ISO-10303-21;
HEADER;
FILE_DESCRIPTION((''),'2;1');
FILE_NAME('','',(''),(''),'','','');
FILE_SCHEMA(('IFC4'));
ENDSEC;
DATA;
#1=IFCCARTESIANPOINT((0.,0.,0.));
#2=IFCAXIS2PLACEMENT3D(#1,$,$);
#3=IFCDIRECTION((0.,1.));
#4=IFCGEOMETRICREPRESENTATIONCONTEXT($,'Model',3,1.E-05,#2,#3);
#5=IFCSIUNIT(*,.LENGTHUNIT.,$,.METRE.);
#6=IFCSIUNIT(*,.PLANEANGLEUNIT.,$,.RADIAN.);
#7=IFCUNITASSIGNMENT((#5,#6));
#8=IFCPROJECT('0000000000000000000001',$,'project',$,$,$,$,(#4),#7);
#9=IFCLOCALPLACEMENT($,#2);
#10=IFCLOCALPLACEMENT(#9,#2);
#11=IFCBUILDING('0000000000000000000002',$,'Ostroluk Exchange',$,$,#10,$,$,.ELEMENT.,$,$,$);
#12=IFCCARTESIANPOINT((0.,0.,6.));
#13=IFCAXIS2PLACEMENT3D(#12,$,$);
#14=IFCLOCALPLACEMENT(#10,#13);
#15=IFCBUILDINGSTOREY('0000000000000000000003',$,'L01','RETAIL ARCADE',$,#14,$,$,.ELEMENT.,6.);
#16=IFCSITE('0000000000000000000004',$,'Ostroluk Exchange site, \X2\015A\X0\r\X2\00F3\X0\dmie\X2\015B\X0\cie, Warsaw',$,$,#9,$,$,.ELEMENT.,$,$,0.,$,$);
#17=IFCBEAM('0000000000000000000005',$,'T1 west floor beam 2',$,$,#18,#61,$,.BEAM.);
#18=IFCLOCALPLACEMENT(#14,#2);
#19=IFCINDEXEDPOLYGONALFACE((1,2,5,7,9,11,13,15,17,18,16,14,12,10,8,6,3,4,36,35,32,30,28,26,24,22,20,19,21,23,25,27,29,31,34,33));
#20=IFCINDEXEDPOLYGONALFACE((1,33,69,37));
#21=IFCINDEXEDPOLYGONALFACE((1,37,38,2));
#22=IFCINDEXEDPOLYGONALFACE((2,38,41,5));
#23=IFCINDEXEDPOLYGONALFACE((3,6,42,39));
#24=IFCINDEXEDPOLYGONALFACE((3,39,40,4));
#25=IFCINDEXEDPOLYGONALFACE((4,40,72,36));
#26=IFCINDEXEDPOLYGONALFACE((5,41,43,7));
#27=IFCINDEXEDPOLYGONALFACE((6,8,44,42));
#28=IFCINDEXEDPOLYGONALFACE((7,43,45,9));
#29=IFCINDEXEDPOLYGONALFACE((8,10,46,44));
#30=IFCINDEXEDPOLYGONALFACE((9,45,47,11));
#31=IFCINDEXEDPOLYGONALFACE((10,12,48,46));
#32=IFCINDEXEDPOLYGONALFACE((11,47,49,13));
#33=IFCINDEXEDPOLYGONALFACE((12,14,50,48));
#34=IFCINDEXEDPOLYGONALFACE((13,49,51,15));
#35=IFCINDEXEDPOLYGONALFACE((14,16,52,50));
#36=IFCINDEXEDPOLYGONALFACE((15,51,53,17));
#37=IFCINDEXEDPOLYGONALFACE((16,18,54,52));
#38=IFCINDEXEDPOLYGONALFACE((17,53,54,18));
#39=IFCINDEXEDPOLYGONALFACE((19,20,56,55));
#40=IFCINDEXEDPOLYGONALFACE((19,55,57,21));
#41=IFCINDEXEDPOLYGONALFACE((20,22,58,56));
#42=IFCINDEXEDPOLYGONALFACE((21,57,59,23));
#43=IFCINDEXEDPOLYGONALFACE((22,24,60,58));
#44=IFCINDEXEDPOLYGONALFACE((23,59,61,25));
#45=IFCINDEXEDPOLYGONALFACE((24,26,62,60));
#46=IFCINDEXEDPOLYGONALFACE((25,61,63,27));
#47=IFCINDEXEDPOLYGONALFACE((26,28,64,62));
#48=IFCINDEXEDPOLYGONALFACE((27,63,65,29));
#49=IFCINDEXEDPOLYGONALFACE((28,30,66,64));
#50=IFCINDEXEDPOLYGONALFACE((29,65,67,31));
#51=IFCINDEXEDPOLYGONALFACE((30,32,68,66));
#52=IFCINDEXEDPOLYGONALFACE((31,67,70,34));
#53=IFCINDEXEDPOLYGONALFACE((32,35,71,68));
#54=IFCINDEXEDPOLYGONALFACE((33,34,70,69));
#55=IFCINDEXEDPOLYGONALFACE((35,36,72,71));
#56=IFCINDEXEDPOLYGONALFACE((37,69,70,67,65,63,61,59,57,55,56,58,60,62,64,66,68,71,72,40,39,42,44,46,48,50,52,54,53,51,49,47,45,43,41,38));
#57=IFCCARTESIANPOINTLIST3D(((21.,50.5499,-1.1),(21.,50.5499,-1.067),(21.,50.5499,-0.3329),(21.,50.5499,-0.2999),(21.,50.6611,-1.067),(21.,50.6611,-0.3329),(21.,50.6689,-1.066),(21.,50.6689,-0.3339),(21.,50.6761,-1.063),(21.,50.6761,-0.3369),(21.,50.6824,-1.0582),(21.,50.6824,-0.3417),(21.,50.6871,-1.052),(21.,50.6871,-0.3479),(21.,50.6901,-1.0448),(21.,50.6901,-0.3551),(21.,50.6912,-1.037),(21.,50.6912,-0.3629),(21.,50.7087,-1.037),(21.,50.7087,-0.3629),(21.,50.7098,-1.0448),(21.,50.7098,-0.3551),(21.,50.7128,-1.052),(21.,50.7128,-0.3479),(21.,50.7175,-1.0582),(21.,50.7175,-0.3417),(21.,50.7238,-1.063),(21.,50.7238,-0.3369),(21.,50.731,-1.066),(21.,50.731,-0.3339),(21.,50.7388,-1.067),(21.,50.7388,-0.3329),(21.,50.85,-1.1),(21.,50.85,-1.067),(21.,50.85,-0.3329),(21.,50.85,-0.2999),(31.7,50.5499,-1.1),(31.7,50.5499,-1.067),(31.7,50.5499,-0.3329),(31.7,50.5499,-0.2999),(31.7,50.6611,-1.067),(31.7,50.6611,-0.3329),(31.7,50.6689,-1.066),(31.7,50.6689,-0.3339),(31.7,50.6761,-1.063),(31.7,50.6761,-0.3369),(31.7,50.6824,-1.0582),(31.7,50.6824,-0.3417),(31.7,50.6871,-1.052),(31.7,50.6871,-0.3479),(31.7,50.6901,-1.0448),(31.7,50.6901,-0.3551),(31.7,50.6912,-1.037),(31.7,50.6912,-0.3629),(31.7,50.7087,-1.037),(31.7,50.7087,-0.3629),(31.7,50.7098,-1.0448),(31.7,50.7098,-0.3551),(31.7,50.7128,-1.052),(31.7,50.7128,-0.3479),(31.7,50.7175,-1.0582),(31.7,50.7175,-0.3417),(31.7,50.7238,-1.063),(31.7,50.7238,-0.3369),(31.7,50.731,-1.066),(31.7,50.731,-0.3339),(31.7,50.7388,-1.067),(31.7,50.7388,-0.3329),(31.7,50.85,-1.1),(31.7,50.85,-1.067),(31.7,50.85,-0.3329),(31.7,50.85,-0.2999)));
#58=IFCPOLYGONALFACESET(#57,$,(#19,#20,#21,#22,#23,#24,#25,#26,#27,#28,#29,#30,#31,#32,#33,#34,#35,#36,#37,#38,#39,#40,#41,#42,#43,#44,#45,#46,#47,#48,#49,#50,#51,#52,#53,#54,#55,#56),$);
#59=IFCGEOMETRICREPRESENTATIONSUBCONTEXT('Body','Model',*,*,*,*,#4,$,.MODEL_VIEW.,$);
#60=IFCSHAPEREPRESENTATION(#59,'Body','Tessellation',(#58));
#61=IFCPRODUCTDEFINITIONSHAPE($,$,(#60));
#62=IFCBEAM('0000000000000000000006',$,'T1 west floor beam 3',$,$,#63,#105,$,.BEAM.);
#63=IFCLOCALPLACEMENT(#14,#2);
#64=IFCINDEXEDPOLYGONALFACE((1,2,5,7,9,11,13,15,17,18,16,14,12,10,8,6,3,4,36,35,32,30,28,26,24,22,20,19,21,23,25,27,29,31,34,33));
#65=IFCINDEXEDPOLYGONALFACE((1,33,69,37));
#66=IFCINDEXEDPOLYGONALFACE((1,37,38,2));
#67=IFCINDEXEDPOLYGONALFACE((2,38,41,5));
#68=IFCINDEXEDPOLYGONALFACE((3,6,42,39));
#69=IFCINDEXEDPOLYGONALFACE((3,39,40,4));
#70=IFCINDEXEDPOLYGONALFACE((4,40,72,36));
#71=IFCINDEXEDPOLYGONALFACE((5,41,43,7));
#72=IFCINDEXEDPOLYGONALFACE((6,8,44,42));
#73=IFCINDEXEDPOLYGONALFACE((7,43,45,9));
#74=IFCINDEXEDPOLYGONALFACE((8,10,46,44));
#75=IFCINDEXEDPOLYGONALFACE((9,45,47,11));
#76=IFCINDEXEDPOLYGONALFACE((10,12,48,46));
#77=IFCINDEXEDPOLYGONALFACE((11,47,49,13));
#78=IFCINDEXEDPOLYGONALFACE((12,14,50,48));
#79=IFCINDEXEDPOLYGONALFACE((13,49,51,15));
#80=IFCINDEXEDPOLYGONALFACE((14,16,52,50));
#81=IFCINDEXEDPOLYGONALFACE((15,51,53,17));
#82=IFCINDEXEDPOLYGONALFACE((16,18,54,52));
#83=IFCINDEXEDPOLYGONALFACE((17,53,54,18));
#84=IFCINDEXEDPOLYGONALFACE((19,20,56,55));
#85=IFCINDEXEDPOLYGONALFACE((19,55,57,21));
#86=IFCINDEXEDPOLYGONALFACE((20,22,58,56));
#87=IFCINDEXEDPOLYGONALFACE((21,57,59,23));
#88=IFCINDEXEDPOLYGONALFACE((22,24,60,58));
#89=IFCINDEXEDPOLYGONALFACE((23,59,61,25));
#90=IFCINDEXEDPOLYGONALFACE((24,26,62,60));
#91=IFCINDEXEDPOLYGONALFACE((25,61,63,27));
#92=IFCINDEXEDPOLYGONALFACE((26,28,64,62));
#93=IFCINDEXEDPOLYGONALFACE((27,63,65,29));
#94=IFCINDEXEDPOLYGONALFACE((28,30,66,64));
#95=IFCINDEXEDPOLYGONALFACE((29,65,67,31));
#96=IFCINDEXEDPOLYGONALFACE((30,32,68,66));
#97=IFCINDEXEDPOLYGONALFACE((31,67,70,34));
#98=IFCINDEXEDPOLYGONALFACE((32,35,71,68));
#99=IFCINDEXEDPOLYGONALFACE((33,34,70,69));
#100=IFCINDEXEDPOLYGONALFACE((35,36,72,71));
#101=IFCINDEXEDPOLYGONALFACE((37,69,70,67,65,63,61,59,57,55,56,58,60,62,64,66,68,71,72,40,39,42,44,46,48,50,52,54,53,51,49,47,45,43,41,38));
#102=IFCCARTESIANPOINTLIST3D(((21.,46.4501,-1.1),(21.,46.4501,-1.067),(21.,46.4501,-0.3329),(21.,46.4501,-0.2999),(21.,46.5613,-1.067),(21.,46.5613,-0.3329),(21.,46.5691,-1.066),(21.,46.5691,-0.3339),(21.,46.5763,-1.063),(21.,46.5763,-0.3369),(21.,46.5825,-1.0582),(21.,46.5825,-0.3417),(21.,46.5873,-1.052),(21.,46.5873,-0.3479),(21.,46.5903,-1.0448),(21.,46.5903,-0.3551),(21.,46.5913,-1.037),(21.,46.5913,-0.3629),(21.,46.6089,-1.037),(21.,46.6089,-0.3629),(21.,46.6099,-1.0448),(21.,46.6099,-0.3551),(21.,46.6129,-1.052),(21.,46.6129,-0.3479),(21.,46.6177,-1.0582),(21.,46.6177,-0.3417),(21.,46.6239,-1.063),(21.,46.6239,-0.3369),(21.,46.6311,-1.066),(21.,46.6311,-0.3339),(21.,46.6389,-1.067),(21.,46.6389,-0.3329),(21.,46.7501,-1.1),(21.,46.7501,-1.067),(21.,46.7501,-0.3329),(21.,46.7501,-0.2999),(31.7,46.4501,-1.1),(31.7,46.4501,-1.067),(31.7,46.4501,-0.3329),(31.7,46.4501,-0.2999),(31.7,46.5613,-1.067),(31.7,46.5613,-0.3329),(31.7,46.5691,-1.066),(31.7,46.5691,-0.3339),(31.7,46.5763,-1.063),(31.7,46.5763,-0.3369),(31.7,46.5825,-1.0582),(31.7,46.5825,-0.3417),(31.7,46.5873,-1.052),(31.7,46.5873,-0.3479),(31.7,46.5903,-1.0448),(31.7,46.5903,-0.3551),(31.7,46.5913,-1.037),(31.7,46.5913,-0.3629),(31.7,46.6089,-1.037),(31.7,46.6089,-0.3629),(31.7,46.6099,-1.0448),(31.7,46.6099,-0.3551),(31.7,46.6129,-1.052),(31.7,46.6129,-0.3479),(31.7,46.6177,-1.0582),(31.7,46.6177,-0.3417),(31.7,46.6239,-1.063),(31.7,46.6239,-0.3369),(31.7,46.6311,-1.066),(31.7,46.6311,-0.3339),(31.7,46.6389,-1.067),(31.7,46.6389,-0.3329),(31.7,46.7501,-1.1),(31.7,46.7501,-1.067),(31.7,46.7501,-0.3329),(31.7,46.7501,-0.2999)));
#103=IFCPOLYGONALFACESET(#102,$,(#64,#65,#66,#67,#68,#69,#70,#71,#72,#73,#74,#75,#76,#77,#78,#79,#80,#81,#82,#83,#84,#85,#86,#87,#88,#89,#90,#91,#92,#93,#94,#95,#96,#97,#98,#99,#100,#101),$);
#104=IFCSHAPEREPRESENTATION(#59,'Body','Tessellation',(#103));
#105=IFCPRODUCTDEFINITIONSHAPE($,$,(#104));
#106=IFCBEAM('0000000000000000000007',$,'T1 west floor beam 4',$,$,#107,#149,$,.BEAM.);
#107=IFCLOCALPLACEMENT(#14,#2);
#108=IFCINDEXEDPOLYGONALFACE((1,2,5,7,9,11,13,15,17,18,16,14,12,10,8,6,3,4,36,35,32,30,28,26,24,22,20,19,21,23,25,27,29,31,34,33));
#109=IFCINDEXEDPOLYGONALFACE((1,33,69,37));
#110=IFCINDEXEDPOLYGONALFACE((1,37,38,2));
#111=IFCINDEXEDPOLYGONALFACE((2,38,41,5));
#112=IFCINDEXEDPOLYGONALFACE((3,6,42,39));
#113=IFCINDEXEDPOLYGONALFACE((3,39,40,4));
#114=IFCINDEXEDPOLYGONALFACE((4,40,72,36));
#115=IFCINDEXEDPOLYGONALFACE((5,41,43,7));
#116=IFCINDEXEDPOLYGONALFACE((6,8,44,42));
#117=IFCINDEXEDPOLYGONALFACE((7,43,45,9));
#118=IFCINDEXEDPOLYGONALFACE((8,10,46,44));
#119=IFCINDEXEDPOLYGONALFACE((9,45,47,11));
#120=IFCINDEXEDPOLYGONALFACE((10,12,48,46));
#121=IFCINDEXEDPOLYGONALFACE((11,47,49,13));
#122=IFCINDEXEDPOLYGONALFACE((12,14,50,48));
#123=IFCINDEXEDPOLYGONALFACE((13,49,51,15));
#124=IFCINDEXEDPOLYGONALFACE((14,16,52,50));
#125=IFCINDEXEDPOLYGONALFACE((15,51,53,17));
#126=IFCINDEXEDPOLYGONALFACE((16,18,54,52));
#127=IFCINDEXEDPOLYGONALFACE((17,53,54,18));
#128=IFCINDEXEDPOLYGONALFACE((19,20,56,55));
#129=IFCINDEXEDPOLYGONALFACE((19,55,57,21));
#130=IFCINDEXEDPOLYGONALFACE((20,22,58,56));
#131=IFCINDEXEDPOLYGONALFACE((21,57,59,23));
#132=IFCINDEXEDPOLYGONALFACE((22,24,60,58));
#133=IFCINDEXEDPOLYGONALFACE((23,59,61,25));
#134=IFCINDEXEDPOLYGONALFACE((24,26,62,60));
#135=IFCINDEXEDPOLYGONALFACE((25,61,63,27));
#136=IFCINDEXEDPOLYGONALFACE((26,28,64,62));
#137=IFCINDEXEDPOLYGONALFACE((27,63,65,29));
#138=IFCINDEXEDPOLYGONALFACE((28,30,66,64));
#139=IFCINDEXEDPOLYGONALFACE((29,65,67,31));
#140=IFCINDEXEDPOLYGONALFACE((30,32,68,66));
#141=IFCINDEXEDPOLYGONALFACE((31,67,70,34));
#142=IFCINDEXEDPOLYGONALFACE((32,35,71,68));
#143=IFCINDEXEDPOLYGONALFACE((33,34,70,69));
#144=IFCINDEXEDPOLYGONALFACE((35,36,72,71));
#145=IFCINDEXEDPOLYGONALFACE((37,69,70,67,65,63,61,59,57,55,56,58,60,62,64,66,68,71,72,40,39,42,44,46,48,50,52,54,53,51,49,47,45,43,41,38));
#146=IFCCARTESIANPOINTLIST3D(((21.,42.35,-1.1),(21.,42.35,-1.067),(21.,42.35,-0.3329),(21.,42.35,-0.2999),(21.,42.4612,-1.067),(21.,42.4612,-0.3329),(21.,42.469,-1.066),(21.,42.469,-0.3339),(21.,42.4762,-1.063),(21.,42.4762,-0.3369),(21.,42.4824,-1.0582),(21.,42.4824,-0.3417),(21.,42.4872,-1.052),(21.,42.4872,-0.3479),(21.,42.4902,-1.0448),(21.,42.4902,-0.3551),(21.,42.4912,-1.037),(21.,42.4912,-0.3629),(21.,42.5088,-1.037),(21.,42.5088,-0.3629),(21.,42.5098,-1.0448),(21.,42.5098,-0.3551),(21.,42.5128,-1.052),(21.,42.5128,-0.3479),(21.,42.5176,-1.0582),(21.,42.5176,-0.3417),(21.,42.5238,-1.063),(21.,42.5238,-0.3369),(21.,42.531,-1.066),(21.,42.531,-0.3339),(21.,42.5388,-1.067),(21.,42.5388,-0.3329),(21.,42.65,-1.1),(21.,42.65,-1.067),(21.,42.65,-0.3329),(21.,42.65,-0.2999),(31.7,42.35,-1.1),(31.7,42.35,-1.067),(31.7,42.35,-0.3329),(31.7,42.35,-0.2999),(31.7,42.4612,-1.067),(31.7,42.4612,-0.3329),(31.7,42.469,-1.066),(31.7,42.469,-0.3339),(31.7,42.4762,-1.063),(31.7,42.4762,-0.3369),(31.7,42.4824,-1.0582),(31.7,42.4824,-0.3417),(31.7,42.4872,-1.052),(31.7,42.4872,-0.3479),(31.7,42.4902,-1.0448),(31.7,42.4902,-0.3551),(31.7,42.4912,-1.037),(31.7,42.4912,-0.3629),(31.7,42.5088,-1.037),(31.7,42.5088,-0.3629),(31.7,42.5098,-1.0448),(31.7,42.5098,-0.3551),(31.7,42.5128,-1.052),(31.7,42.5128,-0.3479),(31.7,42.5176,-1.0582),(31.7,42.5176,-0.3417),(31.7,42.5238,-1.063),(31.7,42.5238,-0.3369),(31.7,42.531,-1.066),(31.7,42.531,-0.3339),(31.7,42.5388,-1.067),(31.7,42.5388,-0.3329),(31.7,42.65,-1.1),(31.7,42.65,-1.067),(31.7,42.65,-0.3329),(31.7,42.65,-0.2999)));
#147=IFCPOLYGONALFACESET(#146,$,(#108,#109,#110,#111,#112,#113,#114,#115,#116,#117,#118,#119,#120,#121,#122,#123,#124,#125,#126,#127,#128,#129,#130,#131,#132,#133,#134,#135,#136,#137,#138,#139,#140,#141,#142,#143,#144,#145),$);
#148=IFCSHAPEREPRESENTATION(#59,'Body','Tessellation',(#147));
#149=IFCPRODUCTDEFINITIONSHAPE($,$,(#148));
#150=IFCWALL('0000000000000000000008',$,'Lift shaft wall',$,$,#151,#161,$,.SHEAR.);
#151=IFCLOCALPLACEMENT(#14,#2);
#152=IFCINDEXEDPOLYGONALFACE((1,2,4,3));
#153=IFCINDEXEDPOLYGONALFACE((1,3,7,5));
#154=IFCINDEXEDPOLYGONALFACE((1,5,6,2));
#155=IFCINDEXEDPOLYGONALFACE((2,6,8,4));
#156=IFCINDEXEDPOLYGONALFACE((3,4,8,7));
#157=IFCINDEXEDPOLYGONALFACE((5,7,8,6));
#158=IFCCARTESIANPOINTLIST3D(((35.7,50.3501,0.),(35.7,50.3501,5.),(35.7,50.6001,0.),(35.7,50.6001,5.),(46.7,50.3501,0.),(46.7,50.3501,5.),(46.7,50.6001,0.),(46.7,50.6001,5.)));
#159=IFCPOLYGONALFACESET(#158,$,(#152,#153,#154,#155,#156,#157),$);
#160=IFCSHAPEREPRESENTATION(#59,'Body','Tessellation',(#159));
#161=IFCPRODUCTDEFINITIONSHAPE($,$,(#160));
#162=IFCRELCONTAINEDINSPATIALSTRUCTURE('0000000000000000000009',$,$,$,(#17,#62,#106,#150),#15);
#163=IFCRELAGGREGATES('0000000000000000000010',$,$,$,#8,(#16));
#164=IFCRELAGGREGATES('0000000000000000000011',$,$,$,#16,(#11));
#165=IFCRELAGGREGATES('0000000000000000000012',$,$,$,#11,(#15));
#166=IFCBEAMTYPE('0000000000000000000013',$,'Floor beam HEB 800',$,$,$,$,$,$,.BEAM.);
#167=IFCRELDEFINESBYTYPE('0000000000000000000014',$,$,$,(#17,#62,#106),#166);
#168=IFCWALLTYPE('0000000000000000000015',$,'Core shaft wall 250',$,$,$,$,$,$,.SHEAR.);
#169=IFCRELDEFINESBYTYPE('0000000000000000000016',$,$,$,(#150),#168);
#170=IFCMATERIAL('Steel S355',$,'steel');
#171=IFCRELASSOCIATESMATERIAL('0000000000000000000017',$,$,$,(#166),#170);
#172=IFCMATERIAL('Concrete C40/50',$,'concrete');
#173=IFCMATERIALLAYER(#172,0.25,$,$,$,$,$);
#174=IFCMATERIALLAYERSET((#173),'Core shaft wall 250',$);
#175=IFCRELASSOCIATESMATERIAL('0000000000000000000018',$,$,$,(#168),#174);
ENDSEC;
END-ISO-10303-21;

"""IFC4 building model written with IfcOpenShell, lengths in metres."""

from ifc_helpers import new_model, si_unit, direction, frame, frame_2d, origin, origin_2d, place, context, subcontext, project, spatial, rectangle, i_section, extrude, material, layer, layer_set, material_profile, profile_set, type_object, element, save


model = new_model("IFC4")

# Units and contexts
model_context = context("Model", 3, precision=1e-05, world=origin(), true_north=direction((0.0, 1.0)))
body_context = subcontext(model_context, "Body", "Model", "MODEL_VIEW")
ifc_project = project(units=[si_unit("LENGTHUNIT", "METRE"), si_unit("PLANEANGLEUNIT", "RADIAN")], contexts=[model_context])

# Site, building, storey
site_placement = place(None, origin())
site = spatial("IfcSite", under=ifc_project, at=site_placement, Name="Ostroluk Exchange site, Śródmieście, Warsaw", CompositionType="ELEMENT", RefElevation=0.0)
building_placement = place(site_placement, origin())
building = spatial("IfcBuilding", under=site, at=building_placement, Name="Ostroluk Exchange", CompositionType="ELEMENT")
storey_placement = place(building_placement, frame((0.0, 0.0, 6.0)))
storey = spatial("IfcBuildingStorey", under=building, at=storey_placement, Name="L01", Description="RETAIL ARCADE", CompositionType="ELEMENT", Elevation=6.0)

# Beams
ifc_material_1 = material(Name="Steel S355", Category="steel")
ifc_material_profile = material_profile(ifc_material_1, i_section(OverallWidth=0.3, OverallDepth=0.8, WebThickness=0.0176, FlangeThickness=0.033, FilletRadius=0.03, at=origin_2d()), Name="HEB 800")
ifc_profile_set = profile_set([ifc_material_profile], Name="Steel S355")
beam_type = type_object("IfcBeamType", Name="Floor beam HEB 800", PredefinedType="BEAM", material=ifc_profile_set)
for number, where, z_axis, x_axis, name in (
    (1, (31.7, 50.7, -0.7), (-1.0, 0.0, 0.0), (0.0, -1.0, 0.0), "T1 west floor beam 2"),
    (2, (31.7, 46.6001, -0.7), (-1.0, 0.0, 0.0), (0.0, -1.0, 0.0), "T1 west floor beam 3"),
    (3, (31.7, 42.5, -0.7), (-1.0, 0.0, 0.0), (0.0, -1.0, 0.0), "T1 west floor beam 4"),
):
    element("IfcBeam", number, at=place(storey_placement, frame(where, z_axis=z_axis, x_axis=x_axis)), inside=storey, type_object=beam_type, Name=name, PredefinedType="BEAM", context=body_context, shape_type="SweptSolid", body=[
        extrude(i_section(OverallWidth=0.3, OverallDepth=0.8, WebThickness=0.0176, FlangeThickness=0.033, FilletRadius=0.03, at=origin_2d()), origin(), (0.0, 0.0, 1.0), 10.7),
    ])

# Wall
ifc_material_2 = material(Name="Concrete C40/50", Category="concrete")
ifc_layer_1 = layer(ifc_material_2, 0.25)
ifc_layer_set_1 = layer_set([ifc_layer_1], Name="Core shaft wall 250")
wall_type_1 = type_object("IfcWallType", Name="Core shaft wall 250", PredefinedType="SHEAR", material=ifc_layer_set_1)
wall_1_placement = place(storey_placement, frame((35.7, 50.4751, 0.0), z_axis=(0.0, 0.0, 1.0), x_axis=(1.0, 0.0, 0.0)))
element("IfcWall", 4, at=wall_1_placement, inside=storey, type_object=wall_type_1, Name="Lift shaft wall", PredefinedType="SHEAR", context=body_context, shape_type="SweptSolid", body=[
    extrude(rectangle(XDim=11.0, YDim=0.25, at=frame_2d((5.5, 0.0))), origin(), (0.0, 0.0, 1.0), 5.0),
])

save(model, "model.ifc")
